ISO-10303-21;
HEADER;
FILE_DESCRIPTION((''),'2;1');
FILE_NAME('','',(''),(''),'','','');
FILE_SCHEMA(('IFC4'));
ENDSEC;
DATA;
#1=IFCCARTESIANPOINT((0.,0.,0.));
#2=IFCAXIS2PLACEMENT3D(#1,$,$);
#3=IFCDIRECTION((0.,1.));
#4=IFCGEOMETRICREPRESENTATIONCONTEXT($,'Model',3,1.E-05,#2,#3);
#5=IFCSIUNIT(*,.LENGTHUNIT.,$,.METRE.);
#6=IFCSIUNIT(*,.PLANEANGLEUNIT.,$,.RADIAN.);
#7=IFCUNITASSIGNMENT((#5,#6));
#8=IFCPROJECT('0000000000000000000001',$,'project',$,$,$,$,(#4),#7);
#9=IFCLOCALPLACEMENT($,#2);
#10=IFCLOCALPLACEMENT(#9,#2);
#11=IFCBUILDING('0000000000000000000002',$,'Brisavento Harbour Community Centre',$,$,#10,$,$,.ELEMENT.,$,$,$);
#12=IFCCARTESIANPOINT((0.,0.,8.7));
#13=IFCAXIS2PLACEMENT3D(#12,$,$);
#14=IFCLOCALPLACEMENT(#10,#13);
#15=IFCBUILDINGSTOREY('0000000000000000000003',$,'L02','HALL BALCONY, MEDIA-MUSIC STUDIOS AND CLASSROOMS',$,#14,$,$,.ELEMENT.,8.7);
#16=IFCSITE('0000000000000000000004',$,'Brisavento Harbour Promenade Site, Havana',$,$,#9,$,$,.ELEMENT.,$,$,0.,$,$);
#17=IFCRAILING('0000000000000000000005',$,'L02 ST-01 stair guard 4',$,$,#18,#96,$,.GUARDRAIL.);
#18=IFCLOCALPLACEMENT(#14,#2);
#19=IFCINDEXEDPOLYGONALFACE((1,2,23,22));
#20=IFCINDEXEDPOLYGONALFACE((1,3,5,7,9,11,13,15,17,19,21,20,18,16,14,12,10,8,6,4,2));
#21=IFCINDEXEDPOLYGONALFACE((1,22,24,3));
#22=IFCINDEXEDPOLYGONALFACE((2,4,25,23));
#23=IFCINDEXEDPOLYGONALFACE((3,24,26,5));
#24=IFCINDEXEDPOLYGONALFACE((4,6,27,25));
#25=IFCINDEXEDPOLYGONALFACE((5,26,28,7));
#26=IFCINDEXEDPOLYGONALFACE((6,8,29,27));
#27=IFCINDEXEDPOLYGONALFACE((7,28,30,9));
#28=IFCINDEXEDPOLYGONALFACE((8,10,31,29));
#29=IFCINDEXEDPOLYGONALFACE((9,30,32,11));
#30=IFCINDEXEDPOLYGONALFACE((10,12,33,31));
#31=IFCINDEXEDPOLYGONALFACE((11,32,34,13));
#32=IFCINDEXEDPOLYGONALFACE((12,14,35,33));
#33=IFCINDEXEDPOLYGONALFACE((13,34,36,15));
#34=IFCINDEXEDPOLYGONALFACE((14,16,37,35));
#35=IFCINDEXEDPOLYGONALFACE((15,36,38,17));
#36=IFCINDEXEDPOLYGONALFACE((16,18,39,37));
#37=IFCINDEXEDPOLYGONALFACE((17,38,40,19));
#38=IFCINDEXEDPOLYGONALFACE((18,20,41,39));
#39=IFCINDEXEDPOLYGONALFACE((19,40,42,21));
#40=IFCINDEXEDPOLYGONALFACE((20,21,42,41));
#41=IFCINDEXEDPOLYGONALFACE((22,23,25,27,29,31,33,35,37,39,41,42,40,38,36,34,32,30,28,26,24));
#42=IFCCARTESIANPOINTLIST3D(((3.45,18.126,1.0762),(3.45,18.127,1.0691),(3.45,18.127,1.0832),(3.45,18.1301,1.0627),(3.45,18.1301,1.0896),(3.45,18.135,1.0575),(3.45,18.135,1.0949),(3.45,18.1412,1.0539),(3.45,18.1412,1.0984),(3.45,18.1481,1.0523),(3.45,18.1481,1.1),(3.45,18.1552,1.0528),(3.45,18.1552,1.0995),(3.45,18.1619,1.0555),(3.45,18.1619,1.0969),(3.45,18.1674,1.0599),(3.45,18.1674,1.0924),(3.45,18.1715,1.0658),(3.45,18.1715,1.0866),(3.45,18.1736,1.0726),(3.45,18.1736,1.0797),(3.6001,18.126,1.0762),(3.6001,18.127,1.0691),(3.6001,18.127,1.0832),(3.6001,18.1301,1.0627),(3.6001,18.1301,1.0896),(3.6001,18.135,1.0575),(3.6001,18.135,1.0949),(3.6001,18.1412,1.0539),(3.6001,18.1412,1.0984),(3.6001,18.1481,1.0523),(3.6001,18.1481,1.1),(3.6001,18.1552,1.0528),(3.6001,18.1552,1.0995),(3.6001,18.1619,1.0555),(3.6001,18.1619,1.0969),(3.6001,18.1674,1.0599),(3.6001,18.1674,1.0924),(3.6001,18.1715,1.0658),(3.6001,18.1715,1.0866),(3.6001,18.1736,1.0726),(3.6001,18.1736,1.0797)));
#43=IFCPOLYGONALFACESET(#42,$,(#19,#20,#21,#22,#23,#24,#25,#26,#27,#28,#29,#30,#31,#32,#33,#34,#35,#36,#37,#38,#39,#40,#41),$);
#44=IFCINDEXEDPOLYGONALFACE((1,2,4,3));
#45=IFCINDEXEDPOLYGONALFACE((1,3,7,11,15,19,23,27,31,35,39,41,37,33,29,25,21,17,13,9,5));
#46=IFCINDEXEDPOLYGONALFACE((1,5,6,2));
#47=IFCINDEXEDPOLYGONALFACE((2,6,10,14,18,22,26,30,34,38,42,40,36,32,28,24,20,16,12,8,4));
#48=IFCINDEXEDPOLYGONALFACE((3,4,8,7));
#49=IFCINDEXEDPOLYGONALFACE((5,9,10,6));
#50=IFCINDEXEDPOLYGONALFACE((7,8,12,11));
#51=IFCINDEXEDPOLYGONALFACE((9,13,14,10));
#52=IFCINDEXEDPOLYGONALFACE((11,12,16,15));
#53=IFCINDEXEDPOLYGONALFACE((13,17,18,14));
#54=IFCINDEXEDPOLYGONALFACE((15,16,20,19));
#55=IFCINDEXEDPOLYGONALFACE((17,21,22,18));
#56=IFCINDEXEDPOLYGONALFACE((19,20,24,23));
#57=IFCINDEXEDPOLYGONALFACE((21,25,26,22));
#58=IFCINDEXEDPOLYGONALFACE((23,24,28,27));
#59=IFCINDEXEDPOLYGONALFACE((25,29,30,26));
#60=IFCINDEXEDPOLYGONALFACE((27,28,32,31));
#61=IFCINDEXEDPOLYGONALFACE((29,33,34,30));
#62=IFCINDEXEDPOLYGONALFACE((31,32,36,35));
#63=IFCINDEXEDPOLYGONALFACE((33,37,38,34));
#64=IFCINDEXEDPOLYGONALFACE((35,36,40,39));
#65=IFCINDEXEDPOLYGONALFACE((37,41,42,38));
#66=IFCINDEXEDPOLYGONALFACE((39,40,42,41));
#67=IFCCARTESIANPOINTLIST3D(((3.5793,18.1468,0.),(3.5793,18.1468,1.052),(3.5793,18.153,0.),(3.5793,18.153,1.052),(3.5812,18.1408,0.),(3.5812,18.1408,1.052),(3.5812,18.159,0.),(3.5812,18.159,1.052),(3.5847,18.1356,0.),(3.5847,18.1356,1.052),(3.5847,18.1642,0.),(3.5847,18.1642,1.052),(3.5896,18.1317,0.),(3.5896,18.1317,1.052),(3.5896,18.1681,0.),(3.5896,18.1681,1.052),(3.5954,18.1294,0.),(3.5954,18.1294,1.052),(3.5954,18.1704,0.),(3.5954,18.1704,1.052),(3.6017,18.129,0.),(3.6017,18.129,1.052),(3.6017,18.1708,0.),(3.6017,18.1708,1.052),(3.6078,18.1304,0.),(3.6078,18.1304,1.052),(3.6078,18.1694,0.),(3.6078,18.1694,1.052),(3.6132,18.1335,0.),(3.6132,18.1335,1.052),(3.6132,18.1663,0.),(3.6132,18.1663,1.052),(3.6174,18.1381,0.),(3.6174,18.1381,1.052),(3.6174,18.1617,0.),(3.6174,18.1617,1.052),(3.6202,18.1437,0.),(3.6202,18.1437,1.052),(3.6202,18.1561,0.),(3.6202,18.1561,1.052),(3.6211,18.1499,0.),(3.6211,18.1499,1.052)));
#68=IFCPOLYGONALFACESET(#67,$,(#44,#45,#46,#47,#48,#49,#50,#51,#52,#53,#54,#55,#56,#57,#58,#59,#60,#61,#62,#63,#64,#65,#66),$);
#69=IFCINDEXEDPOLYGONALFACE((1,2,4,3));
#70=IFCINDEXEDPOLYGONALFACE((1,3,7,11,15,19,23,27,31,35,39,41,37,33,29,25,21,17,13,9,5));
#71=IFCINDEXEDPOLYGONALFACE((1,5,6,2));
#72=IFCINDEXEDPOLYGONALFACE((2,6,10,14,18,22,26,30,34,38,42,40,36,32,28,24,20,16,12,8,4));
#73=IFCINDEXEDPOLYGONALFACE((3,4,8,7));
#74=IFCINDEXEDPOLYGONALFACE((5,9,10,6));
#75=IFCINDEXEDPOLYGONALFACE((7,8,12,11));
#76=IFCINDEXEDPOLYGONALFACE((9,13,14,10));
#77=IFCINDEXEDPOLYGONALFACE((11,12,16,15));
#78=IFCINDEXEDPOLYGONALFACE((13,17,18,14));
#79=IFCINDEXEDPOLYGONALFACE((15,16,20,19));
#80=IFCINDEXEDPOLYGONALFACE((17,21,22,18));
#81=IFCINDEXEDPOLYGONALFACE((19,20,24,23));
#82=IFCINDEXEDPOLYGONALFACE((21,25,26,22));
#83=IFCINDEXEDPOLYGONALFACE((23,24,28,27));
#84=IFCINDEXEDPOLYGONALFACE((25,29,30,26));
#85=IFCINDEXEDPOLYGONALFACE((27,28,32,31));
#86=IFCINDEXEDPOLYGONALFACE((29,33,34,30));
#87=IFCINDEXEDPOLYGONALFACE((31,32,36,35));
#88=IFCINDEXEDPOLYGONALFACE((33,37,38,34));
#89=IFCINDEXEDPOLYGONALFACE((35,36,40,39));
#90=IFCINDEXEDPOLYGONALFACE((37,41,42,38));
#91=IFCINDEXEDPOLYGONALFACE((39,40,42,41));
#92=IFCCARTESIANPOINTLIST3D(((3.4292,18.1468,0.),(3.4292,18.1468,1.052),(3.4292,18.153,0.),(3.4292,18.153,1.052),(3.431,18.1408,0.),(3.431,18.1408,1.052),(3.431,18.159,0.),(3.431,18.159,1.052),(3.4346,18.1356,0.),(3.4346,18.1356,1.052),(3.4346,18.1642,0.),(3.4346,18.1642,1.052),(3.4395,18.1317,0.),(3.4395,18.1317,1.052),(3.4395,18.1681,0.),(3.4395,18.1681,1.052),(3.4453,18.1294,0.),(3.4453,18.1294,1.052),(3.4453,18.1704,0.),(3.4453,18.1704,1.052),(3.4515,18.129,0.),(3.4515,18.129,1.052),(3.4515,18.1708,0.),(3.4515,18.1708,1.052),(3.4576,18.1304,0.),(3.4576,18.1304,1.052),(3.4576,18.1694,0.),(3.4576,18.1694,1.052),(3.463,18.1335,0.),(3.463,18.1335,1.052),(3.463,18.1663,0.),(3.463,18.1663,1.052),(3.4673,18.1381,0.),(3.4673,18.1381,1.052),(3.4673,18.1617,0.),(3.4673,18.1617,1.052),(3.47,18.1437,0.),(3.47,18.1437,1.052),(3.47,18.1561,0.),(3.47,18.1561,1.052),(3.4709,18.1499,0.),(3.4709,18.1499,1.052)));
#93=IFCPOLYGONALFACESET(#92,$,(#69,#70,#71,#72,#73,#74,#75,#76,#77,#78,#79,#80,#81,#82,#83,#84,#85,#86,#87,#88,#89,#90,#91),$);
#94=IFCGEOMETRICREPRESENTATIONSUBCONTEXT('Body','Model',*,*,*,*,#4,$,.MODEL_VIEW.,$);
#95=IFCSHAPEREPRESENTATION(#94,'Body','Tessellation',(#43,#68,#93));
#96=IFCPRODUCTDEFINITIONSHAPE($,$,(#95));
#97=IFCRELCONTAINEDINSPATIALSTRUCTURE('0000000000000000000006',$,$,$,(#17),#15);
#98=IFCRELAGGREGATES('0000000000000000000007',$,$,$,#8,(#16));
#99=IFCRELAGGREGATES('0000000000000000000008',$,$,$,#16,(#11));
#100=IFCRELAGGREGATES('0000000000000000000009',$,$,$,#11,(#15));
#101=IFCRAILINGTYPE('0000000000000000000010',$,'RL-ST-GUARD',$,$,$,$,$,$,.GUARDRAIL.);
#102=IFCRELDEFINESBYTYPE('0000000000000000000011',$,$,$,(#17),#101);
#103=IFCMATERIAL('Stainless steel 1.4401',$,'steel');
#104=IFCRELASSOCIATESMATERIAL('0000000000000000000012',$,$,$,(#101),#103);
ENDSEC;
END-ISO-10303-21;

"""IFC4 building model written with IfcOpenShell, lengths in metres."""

from ifc_helpers import new_model, si_unit, direction, frame, origin, origin_2d, place, context, subcontext, project, spatial, circle, extrude, material, type_object, element, save


model = new_model("IFC4")

# Units and contexts
model_context = context("Model", 3, precision=1e-05, world=origin(), true_north=direction((0.0, 1.0)))
body_context = subcontext(model_context, "Body", "Model", "MODEL_VIEW")
ifc_project = project(units=[si_unit("LENGTHUNIT", "METRE"), si_unit("PLANEANGLEUNIT", "RADIAN")], contexts=[model_context])

# Site, building, storey
site_placement = place(None, origin())
site = spatial("IfcSite", under=ifc_project, at=site_placement, Name="Brisavento Harbour Promenade Site, Havana", CompositionType="ELEMENT", RefElevation=0.0)
building_placement = place(site_placement, origin())
building = spatial("IfcBuilding", under=site, at=building_placement, Name="Brisavento Harbour Community Centre", CompositionType="ELEMENT")
storey_placement = place(building_placement, frame((0.0, 0.0, 8.7)))
storey = spatial("IfcBuildingStorey", under=building, at=storey_placement, Name="L02", Description="HALL BALCONY, MEDIA-MUSIC STUDIOS AND CLASSROOMS", CompositionType="ELEMENT", Elevation=8.7)

# Railing
ifc_material_1 = material(Name="Stainless steel 1.4401", Category="steel")
railing_type_1 = type_object("IfcRailingType", Name="RL-ST-GUARD", PredefinedType="GUARDRAIL", material=ifc_material_1)
railing_1_placement = place(storey_placement, frame((3.6001, 18.1499, 0.0)))
element("IfcRailing", 1, at=railing_1_placement, inside=storey, type_object=railing_type_1, Name="L02 ST-01 stair guard 4", PredefinedType="GUARDRAIL", context=body_context, shape_type="SweptSolid", body=[
    extrude(circle(Radius=0.0239, at=origin_2d()), frame((0.0, 0.0, 1.0762), z_axis=(-1.0, 0.0, 0.0), x_axis=(0.0, -1.0, 0.0)), (0.0, 0.0, 1.0), 0.1501),
    extrude(circle(Radius=0.021, at=origin_2d()), origin(), (0.0, 0.0, 1.0), 1.052),
    extrude(circle(Radius=0.021, at=origin_2d()), frame((-0.1501, 0.0, 0.0)), (0.0, 0.0, 1.0), 1.052),
])

save(model, "model.ifc")
